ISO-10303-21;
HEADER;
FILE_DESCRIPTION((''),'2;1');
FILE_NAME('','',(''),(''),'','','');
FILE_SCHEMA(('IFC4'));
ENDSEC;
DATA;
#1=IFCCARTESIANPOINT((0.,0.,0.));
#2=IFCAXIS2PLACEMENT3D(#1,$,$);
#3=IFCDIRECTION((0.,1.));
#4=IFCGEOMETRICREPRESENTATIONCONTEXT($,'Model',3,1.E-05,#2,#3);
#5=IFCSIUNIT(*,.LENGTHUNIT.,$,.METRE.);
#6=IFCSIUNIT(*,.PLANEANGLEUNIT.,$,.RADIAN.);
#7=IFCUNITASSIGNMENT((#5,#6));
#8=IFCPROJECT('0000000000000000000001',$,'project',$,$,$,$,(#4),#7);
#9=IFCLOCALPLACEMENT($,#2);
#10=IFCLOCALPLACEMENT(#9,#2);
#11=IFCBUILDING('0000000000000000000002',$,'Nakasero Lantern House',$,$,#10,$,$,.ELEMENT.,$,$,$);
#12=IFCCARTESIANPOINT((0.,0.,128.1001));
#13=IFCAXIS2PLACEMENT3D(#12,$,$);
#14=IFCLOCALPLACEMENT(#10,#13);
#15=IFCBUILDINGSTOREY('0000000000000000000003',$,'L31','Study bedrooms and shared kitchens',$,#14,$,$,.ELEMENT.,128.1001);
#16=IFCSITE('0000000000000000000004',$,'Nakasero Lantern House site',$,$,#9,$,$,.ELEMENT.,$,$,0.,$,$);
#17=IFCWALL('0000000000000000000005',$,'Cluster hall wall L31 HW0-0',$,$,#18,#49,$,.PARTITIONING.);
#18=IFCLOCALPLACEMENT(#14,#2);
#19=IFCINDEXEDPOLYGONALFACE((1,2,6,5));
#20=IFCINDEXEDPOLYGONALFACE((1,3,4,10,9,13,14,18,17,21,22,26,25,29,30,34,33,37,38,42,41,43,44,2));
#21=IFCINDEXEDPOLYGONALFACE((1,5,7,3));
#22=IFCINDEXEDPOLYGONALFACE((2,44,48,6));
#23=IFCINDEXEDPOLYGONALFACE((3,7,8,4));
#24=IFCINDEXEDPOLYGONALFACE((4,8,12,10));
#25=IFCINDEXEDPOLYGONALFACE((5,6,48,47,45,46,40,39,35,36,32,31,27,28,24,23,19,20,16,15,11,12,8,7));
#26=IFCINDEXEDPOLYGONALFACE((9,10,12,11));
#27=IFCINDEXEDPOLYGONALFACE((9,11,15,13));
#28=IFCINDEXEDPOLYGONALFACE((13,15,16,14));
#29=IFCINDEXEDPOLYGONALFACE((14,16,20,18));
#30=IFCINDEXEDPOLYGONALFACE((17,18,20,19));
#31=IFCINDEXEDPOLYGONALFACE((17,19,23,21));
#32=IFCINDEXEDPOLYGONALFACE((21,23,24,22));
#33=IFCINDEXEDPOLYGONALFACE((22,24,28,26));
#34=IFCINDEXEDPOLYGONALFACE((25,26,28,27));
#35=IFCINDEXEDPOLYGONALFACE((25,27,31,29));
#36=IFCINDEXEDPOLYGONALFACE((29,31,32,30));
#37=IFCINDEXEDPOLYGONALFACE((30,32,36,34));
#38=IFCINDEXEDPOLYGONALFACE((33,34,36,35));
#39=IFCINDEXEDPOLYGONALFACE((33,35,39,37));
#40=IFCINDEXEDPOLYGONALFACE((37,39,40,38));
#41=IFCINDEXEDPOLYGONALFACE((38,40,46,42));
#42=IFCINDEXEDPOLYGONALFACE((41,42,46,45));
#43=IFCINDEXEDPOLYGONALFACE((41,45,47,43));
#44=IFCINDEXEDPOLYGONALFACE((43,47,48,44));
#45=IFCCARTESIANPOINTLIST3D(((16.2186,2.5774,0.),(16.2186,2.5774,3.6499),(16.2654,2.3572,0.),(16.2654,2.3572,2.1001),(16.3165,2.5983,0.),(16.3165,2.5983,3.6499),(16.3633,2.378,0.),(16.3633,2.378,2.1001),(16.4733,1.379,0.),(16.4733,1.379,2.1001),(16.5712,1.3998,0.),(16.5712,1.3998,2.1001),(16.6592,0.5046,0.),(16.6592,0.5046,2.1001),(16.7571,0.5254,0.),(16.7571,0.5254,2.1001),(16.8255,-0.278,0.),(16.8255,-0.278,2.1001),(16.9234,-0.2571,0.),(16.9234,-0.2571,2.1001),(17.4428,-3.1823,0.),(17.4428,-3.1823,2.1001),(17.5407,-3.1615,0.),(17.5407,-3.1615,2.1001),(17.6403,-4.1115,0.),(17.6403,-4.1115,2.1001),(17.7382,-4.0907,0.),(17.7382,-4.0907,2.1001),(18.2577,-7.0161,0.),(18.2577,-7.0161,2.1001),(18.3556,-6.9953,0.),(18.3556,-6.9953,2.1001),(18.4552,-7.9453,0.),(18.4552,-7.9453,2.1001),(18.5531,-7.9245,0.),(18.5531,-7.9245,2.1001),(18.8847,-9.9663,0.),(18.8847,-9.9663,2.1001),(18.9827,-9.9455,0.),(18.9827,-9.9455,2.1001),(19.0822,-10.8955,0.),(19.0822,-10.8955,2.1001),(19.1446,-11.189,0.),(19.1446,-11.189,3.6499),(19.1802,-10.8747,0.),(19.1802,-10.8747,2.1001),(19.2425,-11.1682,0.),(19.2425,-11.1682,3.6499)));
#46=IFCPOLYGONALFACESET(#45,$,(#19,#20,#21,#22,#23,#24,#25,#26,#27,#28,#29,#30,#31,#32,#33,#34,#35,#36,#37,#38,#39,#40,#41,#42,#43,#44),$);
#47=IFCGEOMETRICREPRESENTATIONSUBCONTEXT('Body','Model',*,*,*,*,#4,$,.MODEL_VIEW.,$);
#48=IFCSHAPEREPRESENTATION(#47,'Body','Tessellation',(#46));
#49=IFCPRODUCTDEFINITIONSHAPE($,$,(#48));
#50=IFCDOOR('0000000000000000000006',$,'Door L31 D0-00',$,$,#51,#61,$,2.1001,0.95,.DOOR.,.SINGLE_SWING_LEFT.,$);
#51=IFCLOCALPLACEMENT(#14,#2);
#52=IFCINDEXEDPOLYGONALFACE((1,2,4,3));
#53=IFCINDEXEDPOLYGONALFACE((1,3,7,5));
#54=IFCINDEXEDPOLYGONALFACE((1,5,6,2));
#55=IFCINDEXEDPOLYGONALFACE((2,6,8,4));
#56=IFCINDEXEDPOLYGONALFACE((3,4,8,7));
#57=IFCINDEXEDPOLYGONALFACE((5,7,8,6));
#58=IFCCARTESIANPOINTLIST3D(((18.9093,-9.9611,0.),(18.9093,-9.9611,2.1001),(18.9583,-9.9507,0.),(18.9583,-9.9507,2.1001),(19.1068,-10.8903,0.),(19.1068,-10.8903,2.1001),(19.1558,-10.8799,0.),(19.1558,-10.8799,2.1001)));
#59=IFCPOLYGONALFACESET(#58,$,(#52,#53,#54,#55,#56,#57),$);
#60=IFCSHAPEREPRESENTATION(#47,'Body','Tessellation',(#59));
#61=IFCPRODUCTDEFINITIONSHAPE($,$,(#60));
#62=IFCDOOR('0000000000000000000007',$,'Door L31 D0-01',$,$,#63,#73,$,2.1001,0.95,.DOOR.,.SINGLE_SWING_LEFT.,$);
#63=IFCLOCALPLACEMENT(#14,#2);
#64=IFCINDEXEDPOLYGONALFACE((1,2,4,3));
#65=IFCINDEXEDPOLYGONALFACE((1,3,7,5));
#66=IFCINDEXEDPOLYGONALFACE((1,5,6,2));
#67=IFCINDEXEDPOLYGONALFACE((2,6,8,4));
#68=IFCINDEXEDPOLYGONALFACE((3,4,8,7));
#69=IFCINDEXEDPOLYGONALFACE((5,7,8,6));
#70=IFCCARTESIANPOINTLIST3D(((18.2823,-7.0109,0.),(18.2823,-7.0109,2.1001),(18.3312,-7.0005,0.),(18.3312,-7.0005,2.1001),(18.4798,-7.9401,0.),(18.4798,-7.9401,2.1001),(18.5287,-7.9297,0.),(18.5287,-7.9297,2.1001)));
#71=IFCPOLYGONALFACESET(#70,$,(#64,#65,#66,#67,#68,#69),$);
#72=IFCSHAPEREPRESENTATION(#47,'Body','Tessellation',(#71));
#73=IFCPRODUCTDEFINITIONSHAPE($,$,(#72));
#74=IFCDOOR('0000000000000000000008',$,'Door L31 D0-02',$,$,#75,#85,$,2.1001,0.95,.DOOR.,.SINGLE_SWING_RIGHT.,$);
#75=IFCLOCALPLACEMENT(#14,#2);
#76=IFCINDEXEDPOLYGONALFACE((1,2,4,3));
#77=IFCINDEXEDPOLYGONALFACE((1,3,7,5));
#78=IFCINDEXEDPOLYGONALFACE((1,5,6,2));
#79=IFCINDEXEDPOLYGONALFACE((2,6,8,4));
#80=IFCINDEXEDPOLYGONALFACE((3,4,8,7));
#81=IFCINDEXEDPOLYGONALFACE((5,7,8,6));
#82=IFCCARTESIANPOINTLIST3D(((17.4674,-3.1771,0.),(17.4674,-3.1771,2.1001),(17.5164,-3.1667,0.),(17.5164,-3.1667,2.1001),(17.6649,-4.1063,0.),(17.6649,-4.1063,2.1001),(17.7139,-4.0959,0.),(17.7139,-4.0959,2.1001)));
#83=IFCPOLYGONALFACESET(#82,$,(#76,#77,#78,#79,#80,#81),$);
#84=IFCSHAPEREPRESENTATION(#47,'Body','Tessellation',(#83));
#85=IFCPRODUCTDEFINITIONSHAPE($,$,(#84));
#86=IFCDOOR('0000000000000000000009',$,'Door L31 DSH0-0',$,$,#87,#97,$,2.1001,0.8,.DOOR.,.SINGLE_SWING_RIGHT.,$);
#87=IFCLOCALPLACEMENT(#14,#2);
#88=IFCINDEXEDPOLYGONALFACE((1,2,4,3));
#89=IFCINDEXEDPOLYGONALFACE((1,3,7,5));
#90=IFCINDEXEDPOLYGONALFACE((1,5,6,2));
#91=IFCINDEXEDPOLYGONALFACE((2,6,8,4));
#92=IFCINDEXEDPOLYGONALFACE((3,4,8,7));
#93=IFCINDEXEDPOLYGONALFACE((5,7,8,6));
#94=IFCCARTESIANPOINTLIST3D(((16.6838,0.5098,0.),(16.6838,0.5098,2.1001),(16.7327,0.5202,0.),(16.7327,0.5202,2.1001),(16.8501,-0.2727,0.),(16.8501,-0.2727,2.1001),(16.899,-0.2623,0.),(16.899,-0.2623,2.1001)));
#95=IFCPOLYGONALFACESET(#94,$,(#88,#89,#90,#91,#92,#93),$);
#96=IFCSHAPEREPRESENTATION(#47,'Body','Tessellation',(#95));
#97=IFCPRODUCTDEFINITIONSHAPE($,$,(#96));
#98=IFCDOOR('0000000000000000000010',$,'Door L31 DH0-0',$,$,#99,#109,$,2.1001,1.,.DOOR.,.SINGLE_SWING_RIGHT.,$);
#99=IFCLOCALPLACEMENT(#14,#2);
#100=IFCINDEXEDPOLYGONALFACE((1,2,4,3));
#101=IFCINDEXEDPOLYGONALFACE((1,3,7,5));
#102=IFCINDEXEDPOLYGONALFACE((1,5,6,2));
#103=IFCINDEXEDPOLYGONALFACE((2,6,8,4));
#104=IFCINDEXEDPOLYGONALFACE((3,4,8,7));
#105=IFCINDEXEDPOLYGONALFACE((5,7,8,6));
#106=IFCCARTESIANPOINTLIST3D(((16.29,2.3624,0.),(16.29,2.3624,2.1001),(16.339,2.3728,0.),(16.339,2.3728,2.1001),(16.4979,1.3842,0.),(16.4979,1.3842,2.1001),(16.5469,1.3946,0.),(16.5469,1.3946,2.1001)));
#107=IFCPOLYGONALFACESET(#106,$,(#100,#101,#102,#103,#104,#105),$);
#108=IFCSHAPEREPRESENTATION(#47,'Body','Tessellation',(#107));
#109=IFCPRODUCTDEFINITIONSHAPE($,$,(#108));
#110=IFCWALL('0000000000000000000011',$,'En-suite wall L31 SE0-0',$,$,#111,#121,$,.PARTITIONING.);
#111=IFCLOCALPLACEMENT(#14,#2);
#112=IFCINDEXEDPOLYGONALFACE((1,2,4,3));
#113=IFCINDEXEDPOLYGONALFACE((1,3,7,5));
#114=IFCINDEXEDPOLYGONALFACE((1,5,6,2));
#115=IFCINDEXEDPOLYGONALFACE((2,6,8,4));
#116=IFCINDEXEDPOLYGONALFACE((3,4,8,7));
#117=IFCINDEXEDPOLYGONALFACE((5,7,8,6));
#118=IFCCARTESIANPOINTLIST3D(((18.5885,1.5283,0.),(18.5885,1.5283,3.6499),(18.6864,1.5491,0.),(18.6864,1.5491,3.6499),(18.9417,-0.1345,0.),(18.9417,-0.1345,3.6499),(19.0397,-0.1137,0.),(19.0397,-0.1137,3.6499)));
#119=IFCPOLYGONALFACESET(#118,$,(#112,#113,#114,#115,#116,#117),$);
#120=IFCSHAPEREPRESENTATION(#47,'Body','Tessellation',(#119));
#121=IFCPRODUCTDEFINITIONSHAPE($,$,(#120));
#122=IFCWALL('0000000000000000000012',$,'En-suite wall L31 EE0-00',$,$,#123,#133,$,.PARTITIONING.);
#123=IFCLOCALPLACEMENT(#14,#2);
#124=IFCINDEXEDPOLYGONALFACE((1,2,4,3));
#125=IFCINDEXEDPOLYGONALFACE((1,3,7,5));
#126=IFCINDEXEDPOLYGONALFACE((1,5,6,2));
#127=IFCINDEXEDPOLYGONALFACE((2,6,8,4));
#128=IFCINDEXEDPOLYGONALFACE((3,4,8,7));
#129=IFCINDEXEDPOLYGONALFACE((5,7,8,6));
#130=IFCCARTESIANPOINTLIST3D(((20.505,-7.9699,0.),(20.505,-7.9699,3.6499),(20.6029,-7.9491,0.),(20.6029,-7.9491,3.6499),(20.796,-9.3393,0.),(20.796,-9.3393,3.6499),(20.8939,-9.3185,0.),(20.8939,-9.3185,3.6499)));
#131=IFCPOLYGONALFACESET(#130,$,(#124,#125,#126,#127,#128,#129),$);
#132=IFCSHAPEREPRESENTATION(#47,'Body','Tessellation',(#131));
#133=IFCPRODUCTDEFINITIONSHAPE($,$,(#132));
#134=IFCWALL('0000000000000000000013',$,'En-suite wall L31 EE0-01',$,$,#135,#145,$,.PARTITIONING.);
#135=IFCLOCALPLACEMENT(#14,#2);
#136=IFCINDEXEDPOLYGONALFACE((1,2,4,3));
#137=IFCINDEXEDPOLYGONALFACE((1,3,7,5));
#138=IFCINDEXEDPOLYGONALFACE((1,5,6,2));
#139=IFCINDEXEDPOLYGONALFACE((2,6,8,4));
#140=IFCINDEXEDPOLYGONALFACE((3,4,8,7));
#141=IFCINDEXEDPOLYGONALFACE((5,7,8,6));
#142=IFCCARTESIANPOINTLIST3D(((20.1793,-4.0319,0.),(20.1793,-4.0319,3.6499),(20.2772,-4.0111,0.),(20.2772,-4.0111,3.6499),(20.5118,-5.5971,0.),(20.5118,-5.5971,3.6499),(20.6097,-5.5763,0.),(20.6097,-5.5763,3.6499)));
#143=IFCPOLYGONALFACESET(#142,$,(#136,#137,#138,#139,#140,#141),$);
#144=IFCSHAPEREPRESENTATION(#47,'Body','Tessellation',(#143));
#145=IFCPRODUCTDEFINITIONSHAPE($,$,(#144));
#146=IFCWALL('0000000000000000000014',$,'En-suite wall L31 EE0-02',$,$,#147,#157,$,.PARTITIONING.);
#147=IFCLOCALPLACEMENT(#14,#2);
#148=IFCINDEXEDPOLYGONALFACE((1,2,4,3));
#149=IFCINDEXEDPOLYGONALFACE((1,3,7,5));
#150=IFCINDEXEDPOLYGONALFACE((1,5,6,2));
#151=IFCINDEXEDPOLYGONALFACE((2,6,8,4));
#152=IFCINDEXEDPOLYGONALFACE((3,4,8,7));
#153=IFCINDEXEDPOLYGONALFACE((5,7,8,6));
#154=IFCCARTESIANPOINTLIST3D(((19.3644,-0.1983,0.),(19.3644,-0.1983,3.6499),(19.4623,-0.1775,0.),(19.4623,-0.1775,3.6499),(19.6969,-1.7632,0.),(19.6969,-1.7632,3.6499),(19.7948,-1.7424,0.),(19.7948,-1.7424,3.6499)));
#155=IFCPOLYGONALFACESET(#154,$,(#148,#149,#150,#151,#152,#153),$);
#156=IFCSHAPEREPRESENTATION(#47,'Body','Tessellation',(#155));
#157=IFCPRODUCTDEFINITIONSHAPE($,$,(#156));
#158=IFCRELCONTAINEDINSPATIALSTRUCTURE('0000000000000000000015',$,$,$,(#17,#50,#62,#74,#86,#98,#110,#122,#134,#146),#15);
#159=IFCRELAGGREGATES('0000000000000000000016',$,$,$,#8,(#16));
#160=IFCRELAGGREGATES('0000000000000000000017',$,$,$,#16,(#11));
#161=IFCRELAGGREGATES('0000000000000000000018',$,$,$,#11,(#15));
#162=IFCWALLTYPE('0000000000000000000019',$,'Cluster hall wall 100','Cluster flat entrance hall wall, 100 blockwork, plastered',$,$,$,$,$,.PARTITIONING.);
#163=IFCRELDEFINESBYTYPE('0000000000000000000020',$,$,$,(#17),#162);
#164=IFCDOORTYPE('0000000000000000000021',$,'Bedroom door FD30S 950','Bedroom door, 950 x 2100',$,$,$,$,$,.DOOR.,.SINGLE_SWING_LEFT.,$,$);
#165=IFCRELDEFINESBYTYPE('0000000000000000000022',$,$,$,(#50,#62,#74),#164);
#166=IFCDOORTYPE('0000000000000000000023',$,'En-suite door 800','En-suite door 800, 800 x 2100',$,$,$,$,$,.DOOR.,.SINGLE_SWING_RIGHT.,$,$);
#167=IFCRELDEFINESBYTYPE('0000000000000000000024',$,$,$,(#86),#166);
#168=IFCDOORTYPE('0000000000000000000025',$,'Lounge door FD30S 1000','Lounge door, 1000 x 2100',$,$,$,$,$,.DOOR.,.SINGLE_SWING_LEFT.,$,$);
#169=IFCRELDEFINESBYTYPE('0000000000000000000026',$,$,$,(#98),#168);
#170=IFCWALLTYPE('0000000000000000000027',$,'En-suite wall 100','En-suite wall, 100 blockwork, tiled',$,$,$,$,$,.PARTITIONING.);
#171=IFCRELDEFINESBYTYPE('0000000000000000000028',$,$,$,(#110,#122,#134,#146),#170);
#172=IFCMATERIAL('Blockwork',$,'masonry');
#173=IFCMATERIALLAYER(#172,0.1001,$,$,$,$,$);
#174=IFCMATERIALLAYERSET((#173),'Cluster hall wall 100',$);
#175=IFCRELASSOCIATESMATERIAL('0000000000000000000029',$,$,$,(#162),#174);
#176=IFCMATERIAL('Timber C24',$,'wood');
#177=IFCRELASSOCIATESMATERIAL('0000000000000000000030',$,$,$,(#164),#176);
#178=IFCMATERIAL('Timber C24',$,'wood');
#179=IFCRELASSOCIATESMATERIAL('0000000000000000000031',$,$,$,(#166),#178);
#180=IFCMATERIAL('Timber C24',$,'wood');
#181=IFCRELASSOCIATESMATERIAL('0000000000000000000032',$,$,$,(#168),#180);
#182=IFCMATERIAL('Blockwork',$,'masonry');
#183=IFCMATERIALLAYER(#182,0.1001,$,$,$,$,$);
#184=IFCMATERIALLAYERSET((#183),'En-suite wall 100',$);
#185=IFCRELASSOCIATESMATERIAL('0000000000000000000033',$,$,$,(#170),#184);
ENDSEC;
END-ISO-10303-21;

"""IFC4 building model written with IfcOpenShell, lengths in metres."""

from ifc_helpers import new_model, si_unit, direction, frame, frame_2d, origin, place, context, subcontext, project, spatial, rectangle, extrude, material, layer, layer_set, type_object, element, fill, save


model = new_model("IFC4")

# Units and contexts
model_context = context("Model", 3, precision=1e-05, world=origin(), true_north=direction((0.0, 1.0)))
body_context = subcontext(model_context, "Body", "Model", "MODEL_VIEW")
ifc_project = project(units=[si_unit("LENGTHUNIT", "METRE"), si_unit("PLANEANGLEUNIT", "RADIAN")], contexts=[model_context])

# Site, building, storey
site_placement = place(None, origin())
site = spatial("IfcSite", under=ifc_project, at=site_placement, Name="Nakasero Lantern House site", CompositionType="ELEMENT", RefElevation=0.0)
building_placement = place(site_placement, origin())
building = spatial("IfcBuilding", under=site, at=building_placement, Name="Nakasero Lantern House", CompositionType="ELEMENT")
storey_placement = place(building_placement, frame((0.0, 0.0, 128.1001)))
storey = spatial("IfcBuildingStorey", under=building, at=storey_placement, Name="L31", Description="Study bedrooms and shared kitchens", CompositionType="ELEMENT", Elevation=128.1001)

# Wall, openings, doors
ifc_material_1 = material(Name="Blockwork", Category="masonry")
ifc_layer_1 = layer(ifc_material_1, 0.1001)
ifc_layer_set_1 = layer_set([ifc_layer_1], Name="Cluster hall wall 100")
wall_type_1 = type_object("IfcWallType", Name="Cluster hall wall 100", Description="Cluster flat entrance hall wall, 100 blockwork, plastered", PredefinedType="PARTITIONING", material=ifc_layer_set_1)
wall_1_placement = place(storey_placement, frame((19.1936, -11.1787, 0.0), z_axis=(0.0, 0.0, 1.0), x_axis=(-0.207905, 0.978149, 0.0)))
wall_1 = element("IfcWall", 1, at=wall_1_placement, inside=storey, type_object=wall_type_1, Name="Cluster hall wall L31 HW0-0", PredefinedType="PARTITIONING", context=body_context, shape_type="SweptSolid", body=[
    extrude(rectangle(XDim=14.074, YDim=0.1001, at=frame_2d((7.0371, 0.0))), origin(), (0.0, 0.0, 1.0), 3.6499),
])
opening_1_placement = place(wall_1_placement, frame((12.8489, 0.0, 0.0)))
opening_1 = element("IfcOpeningElement", 2, at=opening_1_placement, cuts=wall_1, PredefinedType="OPENING", context=body_context, shape_type="SweptSolid", body=[
    extrude(rectangle(XDim=1.0, YDim=2.1001, at=frame_2d((0.5, 1.05))), frame((0.0, 0.0701, 0.0), z_axis=(0.0, -1.0, 0.0), x_axis=(1.0, 0.0, 0.0)), (0.0, 0.0, 1.0), 0.1401),
])
opening_2_placement = place(wall_1_placement, frame((11.155, 0.0, 0.0)))
opening_2 = element("IfcOpeningElement", 3, at=opening_2_placement, cuts=wall_1, PredefinedType="OPENING", context=body_context, shape_type="SweptSolid", body=[
    extrude(rectangle(XDim=0.8, YDim=2.1001, at=frame_2d((0.3999, 1.05))), frame((0.0, 0.0701, 0.0), z_axis=(0.0, -1.0, 0.0), x_axis=(1.0, 0.0, 0.0)), (0.0, 0.0, 1.0), 0.1401),
])
opening_3_placement = place(wall_1_placement, frame((0.3, 0.0, 0.0)))
opening_3 = element("IfcOpeningElement", 4, at=opening_3_placement, cuts=wall_1, PredefinedType="OPENING", context=body_context, shape_type="SweptSolid", body=[
    extrude(rectangle(XDim=0.95, YDim=2.1001, at=frame_2d((0.4751, 1.05))), frame((0.0, 0.0701, 0.0), z_axis=(0.0, -1.0, 0.0), x_axis=(1.0, 0.0, 0.0)), (0.0, 0.0, 1.0), 0.1401),
])
opening_4_placement = place(wall_1_placement, frame((3.3162, 0.0, 0.0)))
opening_4 = element("IfcOpeningElement", 5, at=opening_4_placement, cuts=wall_1, PredefinedType="OPENING", context=body_context, shape_type="SweptSolid", body=[
    extrude(rectangle(XDim=0.95, YDim=2.1001, at=frame_2d((0.4751, 1.05))), frame((0.0, 0.0701, 0.0), z_axis=(0.0, -1.0, 0.0), x_axis=(1.0, 0.0, 0.0)), (0.0, 0.0, 1.0), 0.1401),
])
opening_5_placement = place(wall_1_placement, frame((7.2356, 0.0, 0.0)))
opening_5 = element("IfcOpeningElement", 6, at=opening_5_placement, cuts=wall_1, PredefinedType="OPENING", context=body_context, shape_type="SweptSolid", body=[
    extrude(rectangle(XDim=0.95, YDim=2.1001, at=frame_2d((0.4751, 1.05))), frame((0.0, 0.0701, 0.0), z_axis=(0.0, -1.0, 0.0), x_axis=(1.0, 0.0, 0.0)), (0.0, 0.0, 1.0), 0.1401),
])
ifc_material_2 = material(Name="Timber C24", Category="wood")
door_type_1 = type_object("IfcDoorType", Name="Bedroom door FD30S 950", Description="Bedroom door, 950 x 2100", OperationType="SINGLE_SWING_LEFT", PredefinedType="DOOR", material=ifc_material_2)
door_1_placement = place(opening_3_placement, origin())
door_1 = element("IfcDoor", 7, at=door_1_placement, inside=storey, type_object=door_type_1, Name="Door L31 D0-00", OperationType="SINGLE_SWING_LEFT", OverallHeight=2.1001, OverallWidth=0.95, PredefinedType="DOOR", context=body_context, shape_type="SweptSolid", body=[
    extrude(rectangle(XDim=0.95, YDim=2.1001, at=frame_2d((0.4751, 1.05))), frame((0.0, 0.0249, 0.0), z_axis=(0.0, -1.0, 0.0), x_axis=(1.0, 0.0, 0.0)), (0.0, 0.0, 1.0), 0.05),
])
fill(opening_3, door_1)
door_2_placement = place(opening_4_placement, origin())
door_2 = element("IfcDoor", 8, at=door_2_placement, inside=storey, type_object=door_type_1, Name="Door L31 D0-01", OperationType="SINGLE_SWING_LEFT", OverallHeight=2.1001, OverallWidth=0.95, PredefinedType="DOOR", context=body_context, shape_type="SweptSolid", body=[
    extrude(rectangle(XDim=0.95, YDim=2.1001, at=frame_2d((0.4751, 1.05))), frame((0.0, 0.0249, 0.0), z_axis=(0.0, -1.0, 0.0), x_axis=(1.0, 0.0, 0.0)), (0.0, 0.0, 1.0), 0.05),
])
fill(opening_4, door_2)
door_3_placement = place(opening_5_placement, origin())
door_3 = element("IfcDoor", 9, at=door_3_placement, inside=storey, type_object=door_type_1, Name="Door L31 D0-02", OperationType="SINGLE_SWING_RIGHT", OverallHeight=2.1001, OverallWidth=0.95, PredefinedType="DOOR", context=body_context, shape_type="SweptSolid", body=[
    extrude(rectangle(XDim=0.95, YDim=2.1001, at=frame_2d((0.4751, 1.05))), frame((0.0, 0.0249, 0.0), z_axis=(0.0, -1.0, 0.0), x_axis=(1.0, 0.0, 0.0)), (0.0, 0.0, 1.0), 0.05),
])
fill(opening_5, door_3)
ifc_material_3 = material(Name="Timber C24", Category="wood")
door_type_2 = type_object("IfcDoorType", Name="En-suite door 800", Description="En-suite door 800, 800 x 2100", OperationType="SINGLE_SWING_RIGHT", PredefinedType="DOOR", material=ifc_material_3)
door_4_placement = place(opening_2_placement, origin())
door_4 = element("IfcDoor", 10, at=door_4_placement, inside=storey, type_object=door_type_2, Name="Door L31 DSH0-0", OperationType="SINGLE_SWING_RIGHT", OverallHeight=2.1001, OverallWidth=0.8, PredefinedType="DOOR", context=body_context, shape_type="SweptSolid", body=[
    extrude(rectangle(XDim=0.8, YDim=2.1001, at=frame_2d((0.3999, 1.05))), frame((0.0, 0.0249, 0.0), z_axis=(0.0, -1.0, 0.0), x_axis=(1.0, 0.0, 0.0)), (0.0, 0.0, 1.0), 0.05),
])
fill(opening_2, door_4)
ifc_material_4 = material(Name="Timber C24", Category="wood")
door_type_3 = type_object("IfcDoorType", Name="Lounge door FD30S 1000", Description="Lounge door, 1000 x 2100", OperationType="SINGLE_SWING_LEFT", PredefinedType="DOOR", material=ifc_material_4)
door_5_placement = place(opening_1_placement, origin())
door_5 = element("IfcDoor", 11, at=door_5_placement, inside=storey, type_object=door_type_3, Name="Door L31 DH0-0", OperationType="SINGLE_SWING_RIGHT", OverallHeight=2.1001, OverallWidth=1.0, PredefinedType="DOOR", context=body_context, shape_type="SweptSolid", body=[
    extrude(rectangle(XDim=1.0, YDim=2.1001, at=frame_2d((0.5, 1.05))), frame((0.0, 0.0249, 0.0), z_axis=(0.0, -1.0, 0.0), x_axis=(1.0, 0.0, 0.0)), (0.0, 0.0, 1.0), 0.05),
])
fill(opening_1, door_5)

# Walls
ifc_material_5 = material(Name="Blockwork", Category="masonry")
ifc_layer_2 = layer(ifc_material_5, 0.1001)
ifc_layer_set_2 = layer_set([ifc_layer_2], Name="En-suite wall 100")
wall_type_2 = type_object("IfcWallType", Name="En-suite wall 100", Description="En-suite wall, 100 blockwork, tiled", PredefinedType="PARTITIONING", material=ifc_layer_set_2)
wall_2_placement = place(storey_placement, frame((18.9907, -0.1243, 0.0), z_axis=(0.0, 0.0, 1.0), x_axis=(-0.207812, 0.978169, 0.0)))
element("IfcWall", 12, at=wall_2_placement, inside=storey, type_object=wall_type_2, Name="En-suite wall L31 SE0-0", PredefinedType="PARTITIONING", context=body_context, shape_type="SweptSolid", body=[
    extrude(rectangle(XDim=1.7, YDim=0.1001, at=frame_2d((0.8501, 0.0))), origin(), (0.0, 0.0, 1.0), 3.6499),
])
wall_3_placement = place(storey_placement, frame((20.845, -9.3289, 0.0), z_axis=(0.0, 0.0, 1.0), x_axis=(-0.207873, 0.978156, 0.0)))
element("IfcWall", 13, at=wall_3_placement, inside=storey, type_object=wall_type_2, Name="En-suite wall L31 EE0-00", PredefinedType="PARTITIONING", context=body_context, shape_type="SweptSolid", body=[
    extrude(rectangle(XDim=1.3999, YDim=0.1001, at=frame_2d((0.7, 0.0))), origin(), (0.0, 0.0, 1.0), 3.6499),
])
wall_4_placement = place(storey_placement, frame((20.5608, -5.5867, 0.0), z_axis=(0.0, 0.0, 1.0), x_axis=(-0.207809, 0.978169, 0.0)))
element("IfcWall", 14, at=wall_4_placement, inside=storey, type_object=wall_type_2, Name="En-suite wall L31 EE0-01", PredefinedType="PARTITIONING", context=body_context, shape_type="SweptSolid", body=[
    extrude(rectangle(XDim=1.6001, YDim=0.1001, at=frame_2d((0.8, 0.0))), origin(), (0.0, 0.0, 1.0), 3.6499),
])
wall_5_placement = place(storey_placement, frame((19.7458, -1.7527, 0.0), z_axis=(0.0, 0.0, 1.0), x_axis=(-0.207841, 0.978163, 0.0)))
element("IfcWall", 15, at=wall_5_placement, inside=storey, type_object=wall_type_2, Name="En-suite wall L31 EE0-02", PredefinedType="PARTITIONING", context=body_context, shape_type="SweptSolid", body=[
    extrude(rectangle(XDim=1.5999, YDim=0.1001, at=frame_2d((0.7998, 0.0))), origin(), (0.0, 0.0, 1.0), 3.6499),
])

save(model, "model.ifc")
